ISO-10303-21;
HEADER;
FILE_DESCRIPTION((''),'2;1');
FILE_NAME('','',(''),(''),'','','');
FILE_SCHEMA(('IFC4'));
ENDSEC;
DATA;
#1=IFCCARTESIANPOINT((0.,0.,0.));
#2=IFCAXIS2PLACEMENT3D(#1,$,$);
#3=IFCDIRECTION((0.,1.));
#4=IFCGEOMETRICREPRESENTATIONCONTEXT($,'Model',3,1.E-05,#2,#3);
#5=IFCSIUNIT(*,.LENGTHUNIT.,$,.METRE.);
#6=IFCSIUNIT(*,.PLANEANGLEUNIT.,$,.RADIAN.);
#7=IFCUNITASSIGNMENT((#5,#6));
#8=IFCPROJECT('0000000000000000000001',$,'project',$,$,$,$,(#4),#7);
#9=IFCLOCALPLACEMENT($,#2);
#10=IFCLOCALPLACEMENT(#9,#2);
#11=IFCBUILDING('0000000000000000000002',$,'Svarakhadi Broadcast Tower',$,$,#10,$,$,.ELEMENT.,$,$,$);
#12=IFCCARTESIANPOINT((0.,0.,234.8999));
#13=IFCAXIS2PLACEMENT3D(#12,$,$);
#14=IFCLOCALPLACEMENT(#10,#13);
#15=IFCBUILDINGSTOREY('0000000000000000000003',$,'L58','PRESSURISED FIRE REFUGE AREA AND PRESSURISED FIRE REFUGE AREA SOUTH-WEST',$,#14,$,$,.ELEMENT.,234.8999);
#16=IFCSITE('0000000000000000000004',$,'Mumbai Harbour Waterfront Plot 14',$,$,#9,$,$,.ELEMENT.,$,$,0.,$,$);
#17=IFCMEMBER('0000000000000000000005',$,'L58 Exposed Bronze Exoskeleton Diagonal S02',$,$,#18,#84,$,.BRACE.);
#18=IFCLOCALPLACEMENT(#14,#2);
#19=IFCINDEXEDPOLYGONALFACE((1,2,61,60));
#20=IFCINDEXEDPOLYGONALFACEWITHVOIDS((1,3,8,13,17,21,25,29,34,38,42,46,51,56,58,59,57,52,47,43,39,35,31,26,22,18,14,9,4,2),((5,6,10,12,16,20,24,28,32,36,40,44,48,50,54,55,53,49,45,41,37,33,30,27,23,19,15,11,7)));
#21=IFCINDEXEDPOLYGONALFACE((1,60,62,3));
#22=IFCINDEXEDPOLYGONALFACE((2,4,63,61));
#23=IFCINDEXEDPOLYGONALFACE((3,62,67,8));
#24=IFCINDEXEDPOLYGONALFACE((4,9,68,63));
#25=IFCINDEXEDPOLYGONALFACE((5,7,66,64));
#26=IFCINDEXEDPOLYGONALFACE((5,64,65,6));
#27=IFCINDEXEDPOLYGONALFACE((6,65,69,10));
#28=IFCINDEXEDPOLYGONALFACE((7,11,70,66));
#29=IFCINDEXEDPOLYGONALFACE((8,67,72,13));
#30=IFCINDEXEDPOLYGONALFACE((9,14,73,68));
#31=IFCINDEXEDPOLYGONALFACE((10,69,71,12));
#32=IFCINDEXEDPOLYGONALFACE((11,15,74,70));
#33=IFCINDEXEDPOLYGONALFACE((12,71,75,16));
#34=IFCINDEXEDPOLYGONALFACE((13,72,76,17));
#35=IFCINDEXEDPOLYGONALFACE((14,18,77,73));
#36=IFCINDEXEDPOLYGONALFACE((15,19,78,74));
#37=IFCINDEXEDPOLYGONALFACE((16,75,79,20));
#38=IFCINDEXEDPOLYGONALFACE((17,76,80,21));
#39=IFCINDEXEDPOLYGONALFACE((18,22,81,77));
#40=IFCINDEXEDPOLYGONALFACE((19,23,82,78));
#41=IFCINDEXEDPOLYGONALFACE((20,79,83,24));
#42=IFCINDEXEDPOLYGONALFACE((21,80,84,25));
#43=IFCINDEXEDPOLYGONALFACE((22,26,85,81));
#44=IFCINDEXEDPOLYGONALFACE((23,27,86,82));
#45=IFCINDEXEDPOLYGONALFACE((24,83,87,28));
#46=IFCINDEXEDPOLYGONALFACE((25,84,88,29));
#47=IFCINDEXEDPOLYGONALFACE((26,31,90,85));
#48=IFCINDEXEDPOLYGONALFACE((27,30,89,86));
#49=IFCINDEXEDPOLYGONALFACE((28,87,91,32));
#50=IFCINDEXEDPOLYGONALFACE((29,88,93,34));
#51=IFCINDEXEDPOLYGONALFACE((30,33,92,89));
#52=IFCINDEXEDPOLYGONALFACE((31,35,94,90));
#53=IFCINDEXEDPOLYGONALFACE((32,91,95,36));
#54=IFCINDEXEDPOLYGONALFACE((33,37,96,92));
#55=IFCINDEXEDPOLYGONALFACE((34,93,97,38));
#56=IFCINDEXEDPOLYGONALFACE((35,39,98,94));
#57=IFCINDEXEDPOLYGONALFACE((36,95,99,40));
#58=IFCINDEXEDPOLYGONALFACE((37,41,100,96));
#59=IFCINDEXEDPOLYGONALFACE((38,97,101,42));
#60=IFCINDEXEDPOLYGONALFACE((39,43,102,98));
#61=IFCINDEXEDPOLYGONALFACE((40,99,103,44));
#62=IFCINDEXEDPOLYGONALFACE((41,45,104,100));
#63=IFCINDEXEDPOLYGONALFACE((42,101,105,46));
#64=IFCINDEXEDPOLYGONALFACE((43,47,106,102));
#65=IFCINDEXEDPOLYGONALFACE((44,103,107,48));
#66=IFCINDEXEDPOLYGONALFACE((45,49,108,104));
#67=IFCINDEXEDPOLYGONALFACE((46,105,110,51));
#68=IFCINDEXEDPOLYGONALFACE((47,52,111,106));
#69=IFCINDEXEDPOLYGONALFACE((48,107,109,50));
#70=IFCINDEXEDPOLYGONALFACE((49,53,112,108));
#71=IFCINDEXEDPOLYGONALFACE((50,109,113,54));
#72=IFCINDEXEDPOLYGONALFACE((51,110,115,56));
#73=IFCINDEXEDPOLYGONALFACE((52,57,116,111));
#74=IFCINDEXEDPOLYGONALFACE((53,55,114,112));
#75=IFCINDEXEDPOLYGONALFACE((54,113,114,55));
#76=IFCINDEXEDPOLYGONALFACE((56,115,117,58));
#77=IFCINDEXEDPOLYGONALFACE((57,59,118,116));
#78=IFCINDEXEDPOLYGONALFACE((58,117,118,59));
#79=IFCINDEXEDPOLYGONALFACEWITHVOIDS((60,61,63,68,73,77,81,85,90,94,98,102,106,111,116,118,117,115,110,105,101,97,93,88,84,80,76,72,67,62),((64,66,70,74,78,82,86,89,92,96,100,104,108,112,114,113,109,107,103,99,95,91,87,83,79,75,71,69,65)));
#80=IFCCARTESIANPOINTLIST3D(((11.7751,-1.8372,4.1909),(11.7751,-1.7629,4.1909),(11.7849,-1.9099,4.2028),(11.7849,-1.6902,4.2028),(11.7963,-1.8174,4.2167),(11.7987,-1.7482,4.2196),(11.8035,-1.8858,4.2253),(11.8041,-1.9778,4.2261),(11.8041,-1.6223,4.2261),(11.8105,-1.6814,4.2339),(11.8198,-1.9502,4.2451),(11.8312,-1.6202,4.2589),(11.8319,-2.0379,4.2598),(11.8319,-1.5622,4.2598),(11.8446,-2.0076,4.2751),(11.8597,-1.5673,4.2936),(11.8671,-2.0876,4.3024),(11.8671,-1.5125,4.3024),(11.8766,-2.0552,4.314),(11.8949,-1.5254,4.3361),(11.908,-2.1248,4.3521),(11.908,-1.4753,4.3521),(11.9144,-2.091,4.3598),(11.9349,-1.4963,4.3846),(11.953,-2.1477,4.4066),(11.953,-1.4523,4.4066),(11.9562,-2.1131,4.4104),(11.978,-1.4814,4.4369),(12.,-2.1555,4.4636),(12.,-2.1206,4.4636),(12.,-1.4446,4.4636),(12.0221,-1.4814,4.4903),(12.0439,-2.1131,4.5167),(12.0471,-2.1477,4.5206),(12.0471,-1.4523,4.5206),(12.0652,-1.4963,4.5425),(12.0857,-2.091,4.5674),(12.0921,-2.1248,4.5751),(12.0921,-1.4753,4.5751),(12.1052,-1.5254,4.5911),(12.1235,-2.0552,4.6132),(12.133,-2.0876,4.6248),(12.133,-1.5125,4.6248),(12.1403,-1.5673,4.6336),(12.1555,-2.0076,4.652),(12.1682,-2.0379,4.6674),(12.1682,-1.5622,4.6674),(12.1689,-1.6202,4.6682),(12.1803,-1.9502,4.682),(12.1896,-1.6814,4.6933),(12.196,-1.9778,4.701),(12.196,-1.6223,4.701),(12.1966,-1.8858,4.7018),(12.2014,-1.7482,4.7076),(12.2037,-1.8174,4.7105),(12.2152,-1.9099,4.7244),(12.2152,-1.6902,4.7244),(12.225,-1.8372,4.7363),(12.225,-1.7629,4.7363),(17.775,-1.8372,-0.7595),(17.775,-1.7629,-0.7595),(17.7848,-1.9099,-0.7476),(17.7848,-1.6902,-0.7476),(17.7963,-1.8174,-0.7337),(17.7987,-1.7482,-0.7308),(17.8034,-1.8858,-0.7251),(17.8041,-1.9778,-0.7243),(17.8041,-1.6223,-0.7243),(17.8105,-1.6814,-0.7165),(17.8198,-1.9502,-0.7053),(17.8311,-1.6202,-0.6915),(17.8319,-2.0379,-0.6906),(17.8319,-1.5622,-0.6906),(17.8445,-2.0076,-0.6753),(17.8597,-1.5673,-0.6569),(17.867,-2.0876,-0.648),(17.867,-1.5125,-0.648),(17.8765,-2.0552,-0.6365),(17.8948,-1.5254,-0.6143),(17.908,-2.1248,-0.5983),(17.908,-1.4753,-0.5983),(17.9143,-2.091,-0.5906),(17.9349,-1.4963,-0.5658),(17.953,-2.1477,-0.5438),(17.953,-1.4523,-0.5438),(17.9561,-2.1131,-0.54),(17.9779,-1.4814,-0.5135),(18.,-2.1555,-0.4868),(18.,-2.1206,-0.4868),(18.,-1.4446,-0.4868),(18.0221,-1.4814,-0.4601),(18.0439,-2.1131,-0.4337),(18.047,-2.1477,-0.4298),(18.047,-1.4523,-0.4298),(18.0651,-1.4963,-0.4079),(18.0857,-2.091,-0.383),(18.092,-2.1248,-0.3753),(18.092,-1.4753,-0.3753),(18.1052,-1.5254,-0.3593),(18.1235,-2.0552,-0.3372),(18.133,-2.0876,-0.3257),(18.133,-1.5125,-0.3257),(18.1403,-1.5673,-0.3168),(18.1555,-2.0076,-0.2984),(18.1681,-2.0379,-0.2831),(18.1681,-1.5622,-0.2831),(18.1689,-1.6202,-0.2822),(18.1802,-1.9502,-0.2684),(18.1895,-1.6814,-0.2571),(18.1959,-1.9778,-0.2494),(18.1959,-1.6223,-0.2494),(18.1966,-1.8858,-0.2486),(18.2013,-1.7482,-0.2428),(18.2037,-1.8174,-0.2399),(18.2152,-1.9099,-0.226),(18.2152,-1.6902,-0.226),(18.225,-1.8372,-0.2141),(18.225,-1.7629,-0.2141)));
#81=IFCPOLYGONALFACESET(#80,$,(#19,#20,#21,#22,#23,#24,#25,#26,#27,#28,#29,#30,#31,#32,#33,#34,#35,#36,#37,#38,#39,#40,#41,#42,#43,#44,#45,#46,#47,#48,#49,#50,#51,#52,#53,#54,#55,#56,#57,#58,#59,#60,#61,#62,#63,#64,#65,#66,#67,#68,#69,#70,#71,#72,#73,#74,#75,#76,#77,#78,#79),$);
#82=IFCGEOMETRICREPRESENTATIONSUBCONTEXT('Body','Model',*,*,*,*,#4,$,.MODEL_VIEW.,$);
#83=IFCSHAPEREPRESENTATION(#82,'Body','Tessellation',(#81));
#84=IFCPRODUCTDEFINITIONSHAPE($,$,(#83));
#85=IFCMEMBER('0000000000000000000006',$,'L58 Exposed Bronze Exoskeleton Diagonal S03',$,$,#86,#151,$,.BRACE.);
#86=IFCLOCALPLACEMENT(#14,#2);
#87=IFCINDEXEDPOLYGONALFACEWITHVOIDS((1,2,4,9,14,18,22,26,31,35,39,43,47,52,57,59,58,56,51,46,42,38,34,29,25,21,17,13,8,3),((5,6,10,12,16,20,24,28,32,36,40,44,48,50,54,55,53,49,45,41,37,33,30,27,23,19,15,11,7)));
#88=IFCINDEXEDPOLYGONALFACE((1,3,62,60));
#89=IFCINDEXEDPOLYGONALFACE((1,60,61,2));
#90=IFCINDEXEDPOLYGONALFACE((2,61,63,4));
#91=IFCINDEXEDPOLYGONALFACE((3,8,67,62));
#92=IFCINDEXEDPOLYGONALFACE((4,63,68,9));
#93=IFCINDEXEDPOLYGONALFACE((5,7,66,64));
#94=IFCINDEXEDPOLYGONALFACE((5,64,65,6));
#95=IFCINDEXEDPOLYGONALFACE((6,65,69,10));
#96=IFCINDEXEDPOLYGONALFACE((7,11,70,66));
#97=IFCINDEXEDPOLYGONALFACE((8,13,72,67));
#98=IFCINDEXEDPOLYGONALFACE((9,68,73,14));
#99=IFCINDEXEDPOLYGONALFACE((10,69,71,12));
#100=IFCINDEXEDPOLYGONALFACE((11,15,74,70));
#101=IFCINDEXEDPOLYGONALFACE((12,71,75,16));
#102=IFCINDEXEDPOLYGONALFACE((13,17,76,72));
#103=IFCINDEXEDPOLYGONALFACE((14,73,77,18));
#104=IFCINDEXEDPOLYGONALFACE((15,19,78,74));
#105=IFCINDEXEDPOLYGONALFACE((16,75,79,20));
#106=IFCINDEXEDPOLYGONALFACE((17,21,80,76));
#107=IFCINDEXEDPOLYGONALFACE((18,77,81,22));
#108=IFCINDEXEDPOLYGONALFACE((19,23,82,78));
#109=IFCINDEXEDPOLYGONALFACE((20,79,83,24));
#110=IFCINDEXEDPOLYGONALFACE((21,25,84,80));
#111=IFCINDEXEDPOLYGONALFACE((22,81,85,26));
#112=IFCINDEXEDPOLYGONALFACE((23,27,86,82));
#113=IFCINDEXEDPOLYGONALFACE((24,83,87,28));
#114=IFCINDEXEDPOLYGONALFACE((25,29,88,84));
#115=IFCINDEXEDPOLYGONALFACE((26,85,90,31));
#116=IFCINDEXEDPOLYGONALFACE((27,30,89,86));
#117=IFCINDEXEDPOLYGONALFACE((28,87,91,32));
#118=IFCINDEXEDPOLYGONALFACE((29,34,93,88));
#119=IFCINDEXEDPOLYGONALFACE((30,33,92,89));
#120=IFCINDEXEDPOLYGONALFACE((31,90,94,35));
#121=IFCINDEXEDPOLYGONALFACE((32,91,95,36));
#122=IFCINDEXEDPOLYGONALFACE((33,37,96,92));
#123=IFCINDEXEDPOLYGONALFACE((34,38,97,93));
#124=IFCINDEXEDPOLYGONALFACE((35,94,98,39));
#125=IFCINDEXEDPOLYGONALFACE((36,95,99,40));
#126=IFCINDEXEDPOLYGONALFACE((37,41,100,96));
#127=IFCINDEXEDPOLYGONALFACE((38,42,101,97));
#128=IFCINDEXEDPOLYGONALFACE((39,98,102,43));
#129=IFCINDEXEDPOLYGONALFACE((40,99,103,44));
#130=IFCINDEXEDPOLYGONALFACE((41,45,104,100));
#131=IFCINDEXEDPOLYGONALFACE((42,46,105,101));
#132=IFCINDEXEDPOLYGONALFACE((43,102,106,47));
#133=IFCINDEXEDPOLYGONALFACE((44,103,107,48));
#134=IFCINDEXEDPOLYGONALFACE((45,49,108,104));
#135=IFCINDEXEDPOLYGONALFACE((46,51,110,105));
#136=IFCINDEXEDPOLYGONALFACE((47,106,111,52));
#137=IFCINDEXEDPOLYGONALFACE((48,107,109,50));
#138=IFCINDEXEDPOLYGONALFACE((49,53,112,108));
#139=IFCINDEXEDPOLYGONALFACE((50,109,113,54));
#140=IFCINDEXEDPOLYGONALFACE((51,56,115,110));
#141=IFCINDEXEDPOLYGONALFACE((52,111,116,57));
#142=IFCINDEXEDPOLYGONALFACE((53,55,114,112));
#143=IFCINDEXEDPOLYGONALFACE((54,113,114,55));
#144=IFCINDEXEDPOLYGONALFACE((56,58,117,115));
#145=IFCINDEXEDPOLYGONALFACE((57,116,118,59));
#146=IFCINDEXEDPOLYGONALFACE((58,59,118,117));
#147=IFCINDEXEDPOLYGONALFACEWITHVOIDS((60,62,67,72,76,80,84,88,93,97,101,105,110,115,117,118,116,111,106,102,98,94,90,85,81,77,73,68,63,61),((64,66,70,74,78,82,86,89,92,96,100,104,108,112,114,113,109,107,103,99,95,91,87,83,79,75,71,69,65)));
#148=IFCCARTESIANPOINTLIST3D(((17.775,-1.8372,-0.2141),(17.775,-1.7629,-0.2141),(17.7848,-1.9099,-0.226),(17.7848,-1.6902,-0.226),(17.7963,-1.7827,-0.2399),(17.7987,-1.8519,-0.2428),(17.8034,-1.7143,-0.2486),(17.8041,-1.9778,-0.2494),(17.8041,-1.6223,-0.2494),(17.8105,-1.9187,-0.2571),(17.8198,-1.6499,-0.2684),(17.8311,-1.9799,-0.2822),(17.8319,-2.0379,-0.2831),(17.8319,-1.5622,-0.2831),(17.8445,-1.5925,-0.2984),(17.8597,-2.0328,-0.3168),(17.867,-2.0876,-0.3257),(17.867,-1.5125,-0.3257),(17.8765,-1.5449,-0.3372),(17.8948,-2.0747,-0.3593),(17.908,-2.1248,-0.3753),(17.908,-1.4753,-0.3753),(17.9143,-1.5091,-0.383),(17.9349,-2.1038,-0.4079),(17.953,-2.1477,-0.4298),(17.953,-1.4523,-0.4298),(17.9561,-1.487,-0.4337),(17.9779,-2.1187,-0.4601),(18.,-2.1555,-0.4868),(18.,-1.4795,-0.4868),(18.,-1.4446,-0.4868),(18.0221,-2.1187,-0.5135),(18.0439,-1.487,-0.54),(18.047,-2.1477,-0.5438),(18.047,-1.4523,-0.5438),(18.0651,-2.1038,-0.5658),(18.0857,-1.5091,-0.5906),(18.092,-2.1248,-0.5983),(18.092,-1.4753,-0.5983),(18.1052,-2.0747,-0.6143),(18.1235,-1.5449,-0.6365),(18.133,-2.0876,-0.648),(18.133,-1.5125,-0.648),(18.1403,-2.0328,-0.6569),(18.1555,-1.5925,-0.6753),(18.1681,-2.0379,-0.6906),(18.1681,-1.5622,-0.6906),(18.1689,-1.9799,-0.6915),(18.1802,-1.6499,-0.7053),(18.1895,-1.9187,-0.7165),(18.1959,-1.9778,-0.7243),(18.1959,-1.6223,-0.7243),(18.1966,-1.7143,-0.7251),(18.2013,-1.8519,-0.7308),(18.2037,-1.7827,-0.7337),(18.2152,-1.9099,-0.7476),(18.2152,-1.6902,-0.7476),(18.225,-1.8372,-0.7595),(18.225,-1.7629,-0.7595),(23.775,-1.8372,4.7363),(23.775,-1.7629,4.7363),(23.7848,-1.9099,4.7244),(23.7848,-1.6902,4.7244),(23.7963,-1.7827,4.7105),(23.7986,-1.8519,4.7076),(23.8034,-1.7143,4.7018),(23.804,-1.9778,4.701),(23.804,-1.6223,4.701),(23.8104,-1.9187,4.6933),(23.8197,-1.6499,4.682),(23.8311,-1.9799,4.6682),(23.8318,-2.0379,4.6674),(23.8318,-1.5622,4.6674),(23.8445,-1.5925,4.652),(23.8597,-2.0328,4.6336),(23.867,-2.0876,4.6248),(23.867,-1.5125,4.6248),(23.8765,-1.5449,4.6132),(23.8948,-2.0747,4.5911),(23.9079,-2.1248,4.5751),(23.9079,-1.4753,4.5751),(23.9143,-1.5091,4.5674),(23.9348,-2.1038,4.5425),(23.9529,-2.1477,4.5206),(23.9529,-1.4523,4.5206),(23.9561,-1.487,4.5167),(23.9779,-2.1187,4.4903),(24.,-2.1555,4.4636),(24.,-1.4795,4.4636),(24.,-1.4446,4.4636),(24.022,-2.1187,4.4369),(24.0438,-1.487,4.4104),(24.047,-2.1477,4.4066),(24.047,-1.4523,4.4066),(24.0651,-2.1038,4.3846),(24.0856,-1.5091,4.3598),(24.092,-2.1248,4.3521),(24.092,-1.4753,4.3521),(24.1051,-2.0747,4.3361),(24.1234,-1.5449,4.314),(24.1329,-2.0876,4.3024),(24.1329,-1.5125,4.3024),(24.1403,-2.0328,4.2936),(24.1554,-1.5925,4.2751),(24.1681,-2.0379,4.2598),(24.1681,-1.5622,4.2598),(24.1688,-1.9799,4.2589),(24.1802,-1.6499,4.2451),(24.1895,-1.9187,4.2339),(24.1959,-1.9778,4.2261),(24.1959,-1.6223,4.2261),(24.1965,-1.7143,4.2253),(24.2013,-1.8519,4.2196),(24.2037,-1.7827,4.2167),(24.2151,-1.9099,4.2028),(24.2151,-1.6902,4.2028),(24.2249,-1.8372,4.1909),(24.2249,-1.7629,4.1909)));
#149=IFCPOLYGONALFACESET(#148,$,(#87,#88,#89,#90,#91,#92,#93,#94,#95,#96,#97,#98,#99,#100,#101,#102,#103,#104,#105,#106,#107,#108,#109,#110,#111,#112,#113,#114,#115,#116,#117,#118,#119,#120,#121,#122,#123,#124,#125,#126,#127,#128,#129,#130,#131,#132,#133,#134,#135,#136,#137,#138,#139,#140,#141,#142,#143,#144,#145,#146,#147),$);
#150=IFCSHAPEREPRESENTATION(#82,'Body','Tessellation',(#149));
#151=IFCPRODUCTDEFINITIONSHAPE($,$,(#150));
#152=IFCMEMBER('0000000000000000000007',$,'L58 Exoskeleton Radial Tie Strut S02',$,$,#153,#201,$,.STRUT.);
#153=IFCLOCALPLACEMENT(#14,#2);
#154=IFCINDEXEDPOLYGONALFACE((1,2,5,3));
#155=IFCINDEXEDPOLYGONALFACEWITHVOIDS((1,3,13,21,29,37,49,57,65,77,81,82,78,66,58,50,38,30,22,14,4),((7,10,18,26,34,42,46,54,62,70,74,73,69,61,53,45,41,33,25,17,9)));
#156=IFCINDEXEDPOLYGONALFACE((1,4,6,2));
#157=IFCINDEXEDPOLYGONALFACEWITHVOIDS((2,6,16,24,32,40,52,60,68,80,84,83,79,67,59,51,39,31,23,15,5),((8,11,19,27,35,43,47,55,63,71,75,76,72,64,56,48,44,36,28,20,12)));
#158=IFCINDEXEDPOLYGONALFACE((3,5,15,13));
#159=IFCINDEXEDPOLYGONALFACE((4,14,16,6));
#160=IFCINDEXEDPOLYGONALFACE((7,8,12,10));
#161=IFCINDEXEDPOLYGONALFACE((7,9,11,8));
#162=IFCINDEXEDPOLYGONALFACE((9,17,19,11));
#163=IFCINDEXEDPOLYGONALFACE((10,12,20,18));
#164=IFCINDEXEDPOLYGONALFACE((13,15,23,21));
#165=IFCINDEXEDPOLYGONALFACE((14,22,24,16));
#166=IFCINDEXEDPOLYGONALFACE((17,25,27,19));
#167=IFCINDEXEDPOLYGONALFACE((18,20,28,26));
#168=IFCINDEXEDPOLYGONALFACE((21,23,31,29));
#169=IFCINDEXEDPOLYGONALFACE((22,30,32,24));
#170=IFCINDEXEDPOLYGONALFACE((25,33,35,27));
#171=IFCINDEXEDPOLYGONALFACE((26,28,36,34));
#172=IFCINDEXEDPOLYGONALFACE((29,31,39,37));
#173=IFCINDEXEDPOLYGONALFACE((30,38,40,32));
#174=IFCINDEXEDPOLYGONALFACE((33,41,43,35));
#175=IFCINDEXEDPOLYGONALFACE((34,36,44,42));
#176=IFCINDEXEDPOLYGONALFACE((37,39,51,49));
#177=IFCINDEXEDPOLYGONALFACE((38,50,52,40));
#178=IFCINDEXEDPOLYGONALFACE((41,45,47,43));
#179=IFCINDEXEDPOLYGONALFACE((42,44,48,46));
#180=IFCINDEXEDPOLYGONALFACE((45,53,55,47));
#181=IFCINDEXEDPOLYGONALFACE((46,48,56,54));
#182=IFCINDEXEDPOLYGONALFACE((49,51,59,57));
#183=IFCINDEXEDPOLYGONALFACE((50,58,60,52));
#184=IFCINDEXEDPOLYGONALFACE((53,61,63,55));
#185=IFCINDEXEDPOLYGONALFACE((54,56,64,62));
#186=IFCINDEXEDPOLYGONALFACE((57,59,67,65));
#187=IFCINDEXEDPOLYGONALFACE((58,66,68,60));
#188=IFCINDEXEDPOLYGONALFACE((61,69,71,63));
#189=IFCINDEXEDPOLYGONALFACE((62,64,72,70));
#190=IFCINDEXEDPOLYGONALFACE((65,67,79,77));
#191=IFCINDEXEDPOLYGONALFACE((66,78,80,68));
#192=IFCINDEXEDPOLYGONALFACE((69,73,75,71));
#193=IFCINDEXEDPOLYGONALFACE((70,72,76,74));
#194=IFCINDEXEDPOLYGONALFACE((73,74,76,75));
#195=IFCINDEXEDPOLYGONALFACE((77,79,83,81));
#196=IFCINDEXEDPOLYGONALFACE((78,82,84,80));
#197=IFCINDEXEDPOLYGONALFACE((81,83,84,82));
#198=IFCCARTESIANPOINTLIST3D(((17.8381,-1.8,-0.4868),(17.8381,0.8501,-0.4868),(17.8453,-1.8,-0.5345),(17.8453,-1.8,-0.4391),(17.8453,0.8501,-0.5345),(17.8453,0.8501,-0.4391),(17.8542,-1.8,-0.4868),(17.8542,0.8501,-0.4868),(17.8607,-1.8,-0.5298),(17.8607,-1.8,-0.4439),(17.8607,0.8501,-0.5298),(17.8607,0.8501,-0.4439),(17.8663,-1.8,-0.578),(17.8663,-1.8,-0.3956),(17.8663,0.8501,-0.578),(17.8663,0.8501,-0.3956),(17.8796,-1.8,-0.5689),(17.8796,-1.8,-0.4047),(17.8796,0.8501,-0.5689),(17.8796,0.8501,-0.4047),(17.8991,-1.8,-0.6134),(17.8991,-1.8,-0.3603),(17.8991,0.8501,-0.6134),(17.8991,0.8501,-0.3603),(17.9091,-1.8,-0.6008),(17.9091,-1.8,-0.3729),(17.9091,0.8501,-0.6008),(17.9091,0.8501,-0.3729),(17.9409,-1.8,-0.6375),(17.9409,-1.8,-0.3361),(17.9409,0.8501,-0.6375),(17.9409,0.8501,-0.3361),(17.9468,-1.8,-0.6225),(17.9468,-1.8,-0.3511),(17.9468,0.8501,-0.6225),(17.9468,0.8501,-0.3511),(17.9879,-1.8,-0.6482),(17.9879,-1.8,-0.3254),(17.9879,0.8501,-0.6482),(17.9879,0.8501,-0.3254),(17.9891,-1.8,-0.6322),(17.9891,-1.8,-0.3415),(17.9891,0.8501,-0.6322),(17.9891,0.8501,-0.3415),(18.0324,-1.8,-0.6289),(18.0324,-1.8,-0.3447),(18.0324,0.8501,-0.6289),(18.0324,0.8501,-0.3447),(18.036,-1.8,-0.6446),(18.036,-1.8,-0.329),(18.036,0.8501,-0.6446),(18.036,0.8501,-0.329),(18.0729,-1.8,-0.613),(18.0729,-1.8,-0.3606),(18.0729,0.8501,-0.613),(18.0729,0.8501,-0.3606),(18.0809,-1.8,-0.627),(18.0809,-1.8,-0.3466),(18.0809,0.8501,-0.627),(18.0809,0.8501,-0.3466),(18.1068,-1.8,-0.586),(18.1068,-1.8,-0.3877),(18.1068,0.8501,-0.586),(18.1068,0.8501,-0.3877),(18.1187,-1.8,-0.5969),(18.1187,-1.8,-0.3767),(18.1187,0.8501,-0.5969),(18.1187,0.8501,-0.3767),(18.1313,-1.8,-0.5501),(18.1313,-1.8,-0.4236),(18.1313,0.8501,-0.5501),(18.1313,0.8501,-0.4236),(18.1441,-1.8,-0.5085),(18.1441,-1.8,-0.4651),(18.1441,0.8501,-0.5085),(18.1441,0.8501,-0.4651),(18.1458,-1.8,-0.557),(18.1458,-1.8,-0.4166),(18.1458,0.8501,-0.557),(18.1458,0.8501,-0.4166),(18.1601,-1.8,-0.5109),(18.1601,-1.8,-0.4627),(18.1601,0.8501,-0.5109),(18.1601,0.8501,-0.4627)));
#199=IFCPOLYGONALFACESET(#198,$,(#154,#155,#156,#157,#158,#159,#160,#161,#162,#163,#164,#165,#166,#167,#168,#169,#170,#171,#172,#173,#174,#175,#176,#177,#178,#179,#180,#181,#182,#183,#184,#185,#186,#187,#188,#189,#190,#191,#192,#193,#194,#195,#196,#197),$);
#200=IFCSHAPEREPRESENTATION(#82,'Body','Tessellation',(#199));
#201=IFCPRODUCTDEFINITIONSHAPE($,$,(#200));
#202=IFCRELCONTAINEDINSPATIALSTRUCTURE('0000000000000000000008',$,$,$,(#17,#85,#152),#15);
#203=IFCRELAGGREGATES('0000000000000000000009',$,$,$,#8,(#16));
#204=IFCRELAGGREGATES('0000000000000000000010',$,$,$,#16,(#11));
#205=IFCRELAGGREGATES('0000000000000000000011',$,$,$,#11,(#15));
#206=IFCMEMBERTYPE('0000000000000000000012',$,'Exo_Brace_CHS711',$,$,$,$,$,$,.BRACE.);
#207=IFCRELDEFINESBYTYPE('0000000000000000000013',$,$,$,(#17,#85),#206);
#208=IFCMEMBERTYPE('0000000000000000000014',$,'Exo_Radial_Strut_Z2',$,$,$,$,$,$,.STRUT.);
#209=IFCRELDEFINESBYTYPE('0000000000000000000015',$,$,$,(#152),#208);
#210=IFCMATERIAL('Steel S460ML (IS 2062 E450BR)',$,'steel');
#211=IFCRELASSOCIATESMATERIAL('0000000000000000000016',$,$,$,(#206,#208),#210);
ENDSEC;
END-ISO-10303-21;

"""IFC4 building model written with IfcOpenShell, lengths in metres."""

from ifc_helpers import new_model, si_unit, direction, frame, origin, origin_2d, place, context, subcontext, project, spatial, hollow_circle, extrude, material, material_profile, profile_set, type_object, element, save


model = new_model("IFC4")

# Units and contexts
model_context = context("Model", 3, precision=1e-05, world=origin(), true_north=direction((0.0, 1.0)))
body_context = subcontext(model_context, "Body", "Model", "MODEL_VIEW")
ifc_project = project(units=[si_unit("LENGTHUNIT", "METRE"), si_unit("PLANEANGLEUNIT", "RADIAN")], contexts=[model_context])

# Site, building, storey
site_placement = place(None, origin())
site = spatial("IfcSite", under=ifc_project, at=site_placement, Name="Mumbai Harbour Waterfront Plot 14", CompositionType="ELEMENT", RefElevation=0.0)
building_placement = place(site_placement, origin())
building = spatial("IfcBuilding", under=site, at=building_placement, Name="Svarakhadi Broadcast Tower", CompositionType="ELEMENT")
storey_placement = place(building_placement, frame((0.0, 0.0, 234.8999)))
storey = spatial("IfcBuildingStorey", under=building, at=storey_placement, Name="L58", Description="PRESSURISED FIRE REFUGE AREA AND PRESSURISED FIRE REFUGE AREA SOUTH-WEST", CompositionType="ELEMENT", Elevation=234.8999)

# Shared definitions
ifc_material_1 = material(Name="Steel S460ML (IS 2062 E450BR)", Category="steel")

# Members
ifc_material_profile_1 = material_profile(ifc_material_1, hollow_circle(Radius=0.3555, WallThickness=0.0349, at=origin_2d()), Name="CHS 711x35")
ifc_profile_set_1 = profile_set([ifc_material_profile_1], Name="Steel S460ML (IS 2062 E450BR)")
member_type_1 = type_object("IfcMemberType", Name="Exo_Brace_CHS711", PredefinedType="BRACE", material=ifc_profile_set_1)
for number, where, z_axis, x_axis, name in (
    (1, (18.0, -1.8, -0.4868), (-0.771346, 0.0, 0.636417), (0.0, -1.0, 0.0), "L58 Exposed Bronze Exoskeleton Diagonal S02"),
    (2, (18.0, -1.8, -0.4868), (0.771346, 0.0, 0.636417), (0.0, 1.0, 0.0), "L58 Exposed Bronze Exoskeleton Diagonal S03"),
):
    element("IfcMember", number, at=place(storey_placement, frame(where, z_axis=z_axis, x_axis=x_axis)), inside=storey, type_object=member_type_1, Name=name, PredefinedType="BRACE", context=body_context, shape_type="SweptSolid", body=[
        extrude(hollow_circle(Radius=0.3555, WallThickness=0.0349, at=origin_2d()), origin(), (0.0, 0.0, 1.0), 7.7786),
    ])
ifc_material_profile_2 = material_profile(ifc_material_1, hollow_circle(Radius=0.1619, WallThickness=0.0161, at=origin_2d()), Name="CHS 323.9x16")
ifc_profile_set_2 = profile_set([ifc_material_profile_2], Name="Steel S460ML (IS 2062 E450BR)")
member_type_2 = type_object("IfcMemberType", Name="Exo_Radial_Strut_Z2", PredefinedType="STRUT", material=ifc_profile_set_2)
member_1_placement = place(storey_placement, frame((18.0, -1.8, -0.4868), z_axis=(0.0, 1.0, 0.0), x_axis=(-1.0, 0.0, 0.0)))
element("IfcMember", 3, at=member_1_placement, inside=storey, type_object=member_type_2, Name="L58 Exoskeleton Radial Tie Strut S02", PredefinedType="STRUT", context=body_context, shape_type="SweptSolid", body=[
    extrude(hollow_circle(Radius=0.1619, WallThickness=0.0161, at=origin_2d()), origin(), (0.0, 0.0, 1.0), 2.6501),
])

save(model, "model.ifc")
